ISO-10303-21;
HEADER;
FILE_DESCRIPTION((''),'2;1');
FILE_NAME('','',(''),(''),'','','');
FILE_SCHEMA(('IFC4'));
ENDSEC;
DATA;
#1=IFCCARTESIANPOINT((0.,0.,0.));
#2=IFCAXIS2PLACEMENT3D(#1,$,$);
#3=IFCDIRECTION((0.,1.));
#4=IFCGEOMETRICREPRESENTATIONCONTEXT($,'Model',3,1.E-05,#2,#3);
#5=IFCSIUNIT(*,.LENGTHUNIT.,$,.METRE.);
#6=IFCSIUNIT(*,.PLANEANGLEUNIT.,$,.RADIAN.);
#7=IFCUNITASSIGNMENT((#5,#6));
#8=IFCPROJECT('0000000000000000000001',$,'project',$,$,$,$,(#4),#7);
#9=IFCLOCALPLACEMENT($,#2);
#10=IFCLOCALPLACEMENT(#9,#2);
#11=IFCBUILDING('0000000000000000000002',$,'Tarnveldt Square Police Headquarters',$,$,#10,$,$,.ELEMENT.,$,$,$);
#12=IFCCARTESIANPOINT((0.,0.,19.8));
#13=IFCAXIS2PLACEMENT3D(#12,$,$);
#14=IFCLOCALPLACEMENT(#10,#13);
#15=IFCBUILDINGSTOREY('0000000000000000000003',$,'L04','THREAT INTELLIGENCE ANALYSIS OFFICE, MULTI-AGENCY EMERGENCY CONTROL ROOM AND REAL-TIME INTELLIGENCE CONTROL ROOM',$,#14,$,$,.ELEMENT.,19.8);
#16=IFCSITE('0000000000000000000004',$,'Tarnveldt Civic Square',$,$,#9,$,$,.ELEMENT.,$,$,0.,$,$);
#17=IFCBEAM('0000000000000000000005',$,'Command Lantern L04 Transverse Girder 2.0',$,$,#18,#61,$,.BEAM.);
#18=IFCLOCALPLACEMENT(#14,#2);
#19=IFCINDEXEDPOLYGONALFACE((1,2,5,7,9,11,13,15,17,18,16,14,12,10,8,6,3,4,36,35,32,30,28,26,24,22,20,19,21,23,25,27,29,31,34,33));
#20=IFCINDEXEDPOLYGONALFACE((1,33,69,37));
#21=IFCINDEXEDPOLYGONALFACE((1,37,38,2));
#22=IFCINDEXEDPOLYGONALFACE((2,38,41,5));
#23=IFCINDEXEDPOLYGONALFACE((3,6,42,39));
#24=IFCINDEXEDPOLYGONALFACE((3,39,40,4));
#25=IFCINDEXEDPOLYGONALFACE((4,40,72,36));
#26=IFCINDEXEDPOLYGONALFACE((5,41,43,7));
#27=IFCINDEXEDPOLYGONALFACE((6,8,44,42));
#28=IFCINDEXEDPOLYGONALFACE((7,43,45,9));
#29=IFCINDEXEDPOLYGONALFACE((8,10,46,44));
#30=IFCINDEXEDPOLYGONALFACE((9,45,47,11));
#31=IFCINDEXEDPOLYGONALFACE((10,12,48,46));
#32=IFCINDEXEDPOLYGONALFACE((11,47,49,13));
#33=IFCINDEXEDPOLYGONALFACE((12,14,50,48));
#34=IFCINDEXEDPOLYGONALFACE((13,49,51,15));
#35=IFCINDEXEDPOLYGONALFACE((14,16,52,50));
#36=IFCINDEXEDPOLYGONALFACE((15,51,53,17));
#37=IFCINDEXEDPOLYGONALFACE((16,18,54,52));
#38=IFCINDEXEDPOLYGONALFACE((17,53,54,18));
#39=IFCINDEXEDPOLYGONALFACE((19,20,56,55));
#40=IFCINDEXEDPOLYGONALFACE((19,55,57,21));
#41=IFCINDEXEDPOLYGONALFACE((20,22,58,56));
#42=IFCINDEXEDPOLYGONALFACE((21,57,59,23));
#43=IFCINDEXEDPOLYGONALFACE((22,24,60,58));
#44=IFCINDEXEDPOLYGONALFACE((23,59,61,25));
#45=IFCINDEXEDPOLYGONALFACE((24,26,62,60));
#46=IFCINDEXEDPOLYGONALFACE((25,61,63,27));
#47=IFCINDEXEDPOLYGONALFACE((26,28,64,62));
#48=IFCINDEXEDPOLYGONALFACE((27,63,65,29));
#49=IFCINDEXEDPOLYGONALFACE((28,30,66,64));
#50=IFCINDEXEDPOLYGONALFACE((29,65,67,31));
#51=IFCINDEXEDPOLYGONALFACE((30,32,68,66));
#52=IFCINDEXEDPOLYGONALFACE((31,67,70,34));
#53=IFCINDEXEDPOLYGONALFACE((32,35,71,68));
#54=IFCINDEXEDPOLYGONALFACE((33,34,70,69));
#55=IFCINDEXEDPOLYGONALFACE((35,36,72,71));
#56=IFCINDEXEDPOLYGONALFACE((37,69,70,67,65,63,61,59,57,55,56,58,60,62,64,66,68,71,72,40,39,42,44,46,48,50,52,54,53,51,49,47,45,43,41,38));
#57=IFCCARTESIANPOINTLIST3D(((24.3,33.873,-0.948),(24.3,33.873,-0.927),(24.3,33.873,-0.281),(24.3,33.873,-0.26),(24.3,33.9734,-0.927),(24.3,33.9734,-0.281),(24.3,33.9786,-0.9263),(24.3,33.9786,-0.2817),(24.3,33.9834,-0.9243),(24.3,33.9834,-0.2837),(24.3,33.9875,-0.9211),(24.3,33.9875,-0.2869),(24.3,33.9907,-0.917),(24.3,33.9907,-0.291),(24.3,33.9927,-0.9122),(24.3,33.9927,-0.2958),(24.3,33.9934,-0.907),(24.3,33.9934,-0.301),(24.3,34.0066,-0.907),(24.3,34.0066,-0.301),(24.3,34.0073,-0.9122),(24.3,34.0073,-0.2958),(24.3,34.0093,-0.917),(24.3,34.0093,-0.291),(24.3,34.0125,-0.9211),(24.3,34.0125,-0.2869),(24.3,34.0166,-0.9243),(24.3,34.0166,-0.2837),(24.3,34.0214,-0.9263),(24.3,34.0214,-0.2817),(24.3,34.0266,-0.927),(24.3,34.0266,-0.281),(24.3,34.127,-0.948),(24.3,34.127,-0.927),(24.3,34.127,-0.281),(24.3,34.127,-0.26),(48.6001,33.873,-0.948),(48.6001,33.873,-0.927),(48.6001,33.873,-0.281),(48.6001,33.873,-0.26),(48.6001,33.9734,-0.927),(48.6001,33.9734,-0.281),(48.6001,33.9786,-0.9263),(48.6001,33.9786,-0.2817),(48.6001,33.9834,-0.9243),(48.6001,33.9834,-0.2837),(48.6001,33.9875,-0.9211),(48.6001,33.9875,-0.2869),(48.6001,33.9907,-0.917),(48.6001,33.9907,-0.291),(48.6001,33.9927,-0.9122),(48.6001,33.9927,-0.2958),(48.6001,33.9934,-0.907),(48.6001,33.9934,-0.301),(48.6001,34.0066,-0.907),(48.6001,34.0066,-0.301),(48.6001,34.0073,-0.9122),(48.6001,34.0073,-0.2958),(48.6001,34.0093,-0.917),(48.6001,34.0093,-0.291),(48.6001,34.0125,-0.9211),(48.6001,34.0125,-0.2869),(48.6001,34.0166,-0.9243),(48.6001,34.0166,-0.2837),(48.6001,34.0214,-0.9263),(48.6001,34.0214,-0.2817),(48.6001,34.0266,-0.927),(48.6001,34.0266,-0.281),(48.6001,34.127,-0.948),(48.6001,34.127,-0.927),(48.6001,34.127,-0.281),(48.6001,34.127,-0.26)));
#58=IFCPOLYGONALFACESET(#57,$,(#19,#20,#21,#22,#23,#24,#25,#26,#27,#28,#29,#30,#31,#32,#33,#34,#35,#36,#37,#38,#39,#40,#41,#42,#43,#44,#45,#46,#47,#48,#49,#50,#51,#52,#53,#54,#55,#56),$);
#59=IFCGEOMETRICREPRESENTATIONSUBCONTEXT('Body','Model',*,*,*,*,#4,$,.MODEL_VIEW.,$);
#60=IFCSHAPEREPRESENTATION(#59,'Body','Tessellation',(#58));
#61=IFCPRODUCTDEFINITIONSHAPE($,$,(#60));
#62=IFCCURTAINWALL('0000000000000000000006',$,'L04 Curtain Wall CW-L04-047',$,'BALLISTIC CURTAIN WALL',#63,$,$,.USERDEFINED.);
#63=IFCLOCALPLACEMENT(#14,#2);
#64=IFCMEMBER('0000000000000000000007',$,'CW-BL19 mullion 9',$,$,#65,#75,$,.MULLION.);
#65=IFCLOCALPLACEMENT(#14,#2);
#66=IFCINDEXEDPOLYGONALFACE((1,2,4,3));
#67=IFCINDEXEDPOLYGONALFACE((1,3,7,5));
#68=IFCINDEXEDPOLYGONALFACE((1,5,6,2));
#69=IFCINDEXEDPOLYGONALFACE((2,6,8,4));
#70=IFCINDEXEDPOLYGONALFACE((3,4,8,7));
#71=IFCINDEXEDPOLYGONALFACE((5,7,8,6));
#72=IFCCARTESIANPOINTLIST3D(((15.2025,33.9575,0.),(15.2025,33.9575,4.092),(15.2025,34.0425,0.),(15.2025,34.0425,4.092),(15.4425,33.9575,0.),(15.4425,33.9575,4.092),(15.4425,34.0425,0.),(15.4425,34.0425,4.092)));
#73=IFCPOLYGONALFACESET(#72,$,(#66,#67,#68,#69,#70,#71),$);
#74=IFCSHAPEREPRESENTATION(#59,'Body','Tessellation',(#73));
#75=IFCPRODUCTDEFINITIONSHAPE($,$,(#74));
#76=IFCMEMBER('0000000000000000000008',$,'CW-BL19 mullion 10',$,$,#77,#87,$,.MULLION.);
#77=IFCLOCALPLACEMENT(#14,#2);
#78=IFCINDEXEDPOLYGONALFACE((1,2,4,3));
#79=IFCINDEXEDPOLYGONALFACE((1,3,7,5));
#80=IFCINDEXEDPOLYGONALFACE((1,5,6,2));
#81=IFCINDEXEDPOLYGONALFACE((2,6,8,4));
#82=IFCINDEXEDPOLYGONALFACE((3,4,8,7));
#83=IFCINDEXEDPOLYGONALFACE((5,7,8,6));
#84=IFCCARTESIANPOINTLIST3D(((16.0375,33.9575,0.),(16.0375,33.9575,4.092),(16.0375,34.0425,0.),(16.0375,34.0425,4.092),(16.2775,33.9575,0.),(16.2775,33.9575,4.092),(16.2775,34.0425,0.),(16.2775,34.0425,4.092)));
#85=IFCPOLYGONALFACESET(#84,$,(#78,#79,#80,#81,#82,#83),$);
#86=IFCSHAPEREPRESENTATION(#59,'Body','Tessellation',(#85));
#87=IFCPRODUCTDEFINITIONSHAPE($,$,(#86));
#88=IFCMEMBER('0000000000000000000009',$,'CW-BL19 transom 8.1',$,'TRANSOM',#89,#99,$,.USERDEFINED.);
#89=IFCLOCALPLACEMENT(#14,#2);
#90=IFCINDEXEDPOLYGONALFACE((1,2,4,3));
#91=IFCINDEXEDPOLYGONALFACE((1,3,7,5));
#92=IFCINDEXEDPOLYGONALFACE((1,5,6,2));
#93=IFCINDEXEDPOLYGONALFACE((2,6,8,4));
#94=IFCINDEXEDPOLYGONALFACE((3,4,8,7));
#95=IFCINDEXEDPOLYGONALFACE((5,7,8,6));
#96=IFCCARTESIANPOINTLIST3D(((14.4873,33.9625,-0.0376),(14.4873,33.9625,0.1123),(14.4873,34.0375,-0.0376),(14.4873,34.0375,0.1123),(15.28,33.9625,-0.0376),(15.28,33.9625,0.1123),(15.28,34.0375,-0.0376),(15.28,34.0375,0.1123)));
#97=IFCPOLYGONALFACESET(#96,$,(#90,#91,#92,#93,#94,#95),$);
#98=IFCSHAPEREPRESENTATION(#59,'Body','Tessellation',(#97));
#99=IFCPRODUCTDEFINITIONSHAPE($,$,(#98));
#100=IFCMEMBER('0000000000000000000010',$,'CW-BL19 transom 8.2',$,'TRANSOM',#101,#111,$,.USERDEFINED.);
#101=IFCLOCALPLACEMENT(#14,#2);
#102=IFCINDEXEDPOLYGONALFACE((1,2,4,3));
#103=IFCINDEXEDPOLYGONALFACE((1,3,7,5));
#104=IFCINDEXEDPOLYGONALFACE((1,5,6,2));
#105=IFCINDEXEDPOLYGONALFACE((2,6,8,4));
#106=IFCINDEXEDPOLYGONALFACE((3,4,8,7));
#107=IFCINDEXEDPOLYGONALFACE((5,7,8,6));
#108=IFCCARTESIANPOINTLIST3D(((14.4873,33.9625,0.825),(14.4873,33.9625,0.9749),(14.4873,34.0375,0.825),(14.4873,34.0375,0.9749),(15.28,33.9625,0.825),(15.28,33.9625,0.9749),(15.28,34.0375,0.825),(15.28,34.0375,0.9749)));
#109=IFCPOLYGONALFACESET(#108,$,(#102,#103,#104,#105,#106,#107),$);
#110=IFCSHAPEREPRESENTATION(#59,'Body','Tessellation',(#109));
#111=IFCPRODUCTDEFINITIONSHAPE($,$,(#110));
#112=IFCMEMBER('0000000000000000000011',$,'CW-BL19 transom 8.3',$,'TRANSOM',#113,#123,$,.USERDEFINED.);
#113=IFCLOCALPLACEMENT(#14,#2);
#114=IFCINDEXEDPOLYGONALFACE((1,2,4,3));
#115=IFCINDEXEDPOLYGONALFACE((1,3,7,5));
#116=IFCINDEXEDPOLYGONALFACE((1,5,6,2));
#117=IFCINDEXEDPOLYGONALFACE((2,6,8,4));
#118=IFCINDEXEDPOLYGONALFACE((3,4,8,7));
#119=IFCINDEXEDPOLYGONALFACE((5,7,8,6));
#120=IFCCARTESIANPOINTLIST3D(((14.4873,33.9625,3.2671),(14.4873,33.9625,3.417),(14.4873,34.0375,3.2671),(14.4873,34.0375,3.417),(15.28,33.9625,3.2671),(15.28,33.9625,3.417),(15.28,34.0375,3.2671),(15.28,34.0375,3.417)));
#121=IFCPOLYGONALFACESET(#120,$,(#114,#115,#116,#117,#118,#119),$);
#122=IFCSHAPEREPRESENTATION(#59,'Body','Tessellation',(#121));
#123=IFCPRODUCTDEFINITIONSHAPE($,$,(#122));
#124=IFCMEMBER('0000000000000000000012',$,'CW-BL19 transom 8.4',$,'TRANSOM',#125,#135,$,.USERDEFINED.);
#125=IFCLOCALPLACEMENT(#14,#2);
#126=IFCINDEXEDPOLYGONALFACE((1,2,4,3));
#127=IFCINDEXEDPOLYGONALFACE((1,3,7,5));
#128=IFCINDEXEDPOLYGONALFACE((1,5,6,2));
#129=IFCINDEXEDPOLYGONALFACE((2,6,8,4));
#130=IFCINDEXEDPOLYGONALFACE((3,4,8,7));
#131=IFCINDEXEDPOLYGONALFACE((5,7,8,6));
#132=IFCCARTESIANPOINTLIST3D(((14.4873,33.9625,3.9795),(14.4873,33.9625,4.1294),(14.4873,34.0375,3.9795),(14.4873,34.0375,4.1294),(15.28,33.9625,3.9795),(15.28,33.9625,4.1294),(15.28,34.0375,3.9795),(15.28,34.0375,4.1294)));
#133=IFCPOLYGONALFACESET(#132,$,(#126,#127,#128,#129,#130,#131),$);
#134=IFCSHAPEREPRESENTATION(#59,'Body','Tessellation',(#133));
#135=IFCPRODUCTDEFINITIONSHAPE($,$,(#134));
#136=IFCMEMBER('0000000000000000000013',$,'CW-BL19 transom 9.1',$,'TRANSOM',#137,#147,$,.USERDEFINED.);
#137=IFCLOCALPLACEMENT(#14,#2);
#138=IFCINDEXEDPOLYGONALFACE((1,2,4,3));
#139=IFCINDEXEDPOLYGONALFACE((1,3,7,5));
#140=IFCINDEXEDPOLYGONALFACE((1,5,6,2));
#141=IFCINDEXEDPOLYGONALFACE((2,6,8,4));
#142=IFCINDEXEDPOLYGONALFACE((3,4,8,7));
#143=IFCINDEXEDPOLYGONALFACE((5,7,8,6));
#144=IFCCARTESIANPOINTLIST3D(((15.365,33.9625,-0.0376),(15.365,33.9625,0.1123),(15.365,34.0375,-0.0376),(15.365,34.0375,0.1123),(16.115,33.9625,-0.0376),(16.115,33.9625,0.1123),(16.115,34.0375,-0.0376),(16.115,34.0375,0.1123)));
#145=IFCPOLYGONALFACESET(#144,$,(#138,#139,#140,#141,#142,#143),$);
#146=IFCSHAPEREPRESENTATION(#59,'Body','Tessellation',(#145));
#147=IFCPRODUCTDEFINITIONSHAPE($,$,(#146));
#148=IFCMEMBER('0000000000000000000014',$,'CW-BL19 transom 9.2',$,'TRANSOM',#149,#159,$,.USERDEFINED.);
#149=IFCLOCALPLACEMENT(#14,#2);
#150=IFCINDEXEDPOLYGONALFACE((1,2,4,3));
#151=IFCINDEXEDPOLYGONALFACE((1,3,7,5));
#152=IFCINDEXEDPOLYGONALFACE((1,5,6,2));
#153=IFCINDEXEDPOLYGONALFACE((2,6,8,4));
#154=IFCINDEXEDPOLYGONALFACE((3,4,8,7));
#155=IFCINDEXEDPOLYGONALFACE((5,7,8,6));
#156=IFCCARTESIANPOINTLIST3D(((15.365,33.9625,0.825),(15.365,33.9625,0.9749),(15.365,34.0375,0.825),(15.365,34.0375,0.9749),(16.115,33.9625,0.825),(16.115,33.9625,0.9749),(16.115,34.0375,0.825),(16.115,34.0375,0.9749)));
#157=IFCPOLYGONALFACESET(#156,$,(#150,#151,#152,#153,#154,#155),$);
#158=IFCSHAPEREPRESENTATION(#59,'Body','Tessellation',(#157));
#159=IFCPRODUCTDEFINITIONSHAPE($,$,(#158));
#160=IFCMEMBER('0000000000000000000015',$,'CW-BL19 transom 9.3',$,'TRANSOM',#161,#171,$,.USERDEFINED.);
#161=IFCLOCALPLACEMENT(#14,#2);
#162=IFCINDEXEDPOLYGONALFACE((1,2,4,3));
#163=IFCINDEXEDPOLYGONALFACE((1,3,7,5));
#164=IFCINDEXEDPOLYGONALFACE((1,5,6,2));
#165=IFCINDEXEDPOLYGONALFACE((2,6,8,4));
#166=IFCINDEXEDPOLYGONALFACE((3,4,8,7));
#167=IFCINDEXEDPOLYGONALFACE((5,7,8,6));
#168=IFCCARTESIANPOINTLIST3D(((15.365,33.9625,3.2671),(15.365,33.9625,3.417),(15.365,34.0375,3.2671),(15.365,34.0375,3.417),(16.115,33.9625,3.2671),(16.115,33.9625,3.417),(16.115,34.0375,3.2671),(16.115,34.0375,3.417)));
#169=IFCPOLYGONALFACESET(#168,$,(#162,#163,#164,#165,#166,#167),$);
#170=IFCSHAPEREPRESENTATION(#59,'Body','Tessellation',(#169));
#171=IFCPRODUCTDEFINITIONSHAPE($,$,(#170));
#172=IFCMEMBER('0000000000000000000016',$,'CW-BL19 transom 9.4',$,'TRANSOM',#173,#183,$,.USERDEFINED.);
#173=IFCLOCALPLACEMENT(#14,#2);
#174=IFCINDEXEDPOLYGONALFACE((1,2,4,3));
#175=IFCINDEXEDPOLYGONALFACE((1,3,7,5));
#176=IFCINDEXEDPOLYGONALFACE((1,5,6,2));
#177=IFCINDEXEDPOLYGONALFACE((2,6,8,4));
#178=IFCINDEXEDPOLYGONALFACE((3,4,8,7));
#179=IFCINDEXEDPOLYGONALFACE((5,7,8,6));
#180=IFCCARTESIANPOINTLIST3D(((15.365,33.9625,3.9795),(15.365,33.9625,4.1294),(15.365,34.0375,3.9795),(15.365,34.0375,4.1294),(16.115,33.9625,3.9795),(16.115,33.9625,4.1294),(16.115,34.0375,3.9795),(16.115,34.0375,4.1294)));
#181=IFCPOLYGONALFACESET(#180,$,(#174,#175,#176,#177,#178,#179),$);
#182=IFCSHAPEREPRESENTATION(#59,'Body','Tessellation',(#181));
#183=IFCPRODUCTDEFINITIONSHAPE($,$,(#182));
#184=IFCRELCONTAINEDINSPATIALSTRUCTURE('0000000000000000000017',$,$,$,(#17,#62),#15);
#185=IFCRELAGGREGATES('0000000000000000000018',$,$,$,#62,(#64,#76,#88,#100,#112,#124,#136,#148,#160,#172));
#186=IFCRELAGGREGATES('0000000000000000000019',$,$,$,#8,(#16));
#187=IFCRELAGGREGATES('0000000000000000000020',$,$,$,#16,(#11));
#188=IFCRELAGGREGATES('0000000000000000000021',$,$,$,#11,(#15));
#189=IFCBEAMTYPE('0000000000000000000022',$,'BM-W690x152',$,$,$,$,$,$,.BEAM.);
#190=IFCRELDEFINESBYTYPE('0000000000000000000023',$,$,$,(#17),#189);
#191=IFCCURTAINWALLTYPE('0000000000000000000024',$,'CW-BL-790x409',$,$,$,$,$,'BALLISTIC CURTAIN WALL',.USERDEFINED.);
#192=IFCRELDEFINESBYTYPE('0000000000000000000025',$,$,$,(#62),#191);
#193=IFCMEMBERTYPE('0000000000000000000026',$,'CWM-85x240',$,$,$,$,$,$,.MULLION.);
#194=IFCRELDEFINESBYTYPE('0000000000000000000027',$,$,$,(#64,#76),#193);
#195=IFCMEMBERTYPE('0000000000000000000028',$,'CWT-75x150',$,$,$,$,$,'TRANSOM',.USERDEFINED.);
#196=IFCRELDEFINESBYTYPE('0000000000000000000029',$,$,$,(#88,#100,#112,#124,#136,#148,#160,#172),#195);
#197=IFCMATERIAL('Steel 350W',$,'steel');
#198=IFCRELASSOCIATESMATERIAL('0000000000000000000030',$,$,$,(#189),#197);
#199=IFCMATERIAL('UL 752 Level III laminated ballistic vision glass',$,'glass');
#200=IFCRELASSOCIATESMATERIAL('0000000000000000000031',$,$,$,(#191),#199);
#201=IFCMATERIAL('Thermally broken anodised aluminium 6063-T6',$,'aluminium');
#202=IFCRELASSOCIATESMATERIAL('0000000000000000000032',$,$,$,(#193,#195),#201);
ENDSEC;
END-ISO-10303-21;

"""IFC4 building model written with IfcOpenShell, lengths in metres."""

from ifc_helpers import new_model, si_unit, direction, frame, origin, origin_2d, place, context, subcontext, project, spatial, rectangle, i_section, extrude, material, material_profile, profile_set, type_object, element, aggregate, save


model = new_model("IFC4")

# Units and contexts
model_context = context("Model", 3, precision=1e-05, world=origin(), true_north=direction((0.0, 1.0)))
body_context = subcontext(model_context, "Body", "Model", "MODEL_VIEW")
ifc_project = project(units=[si_unit("LENGTHUNIT", "METRE"), si_unit("PLANEANGLEUNIT", "RADIAN")], contexts=[model_context])

# Site, building, storey
site_placement = place(None, origin())
site = spatial("IfcSite", under=ifc_project, at=site_placement, Name="Tarnveldt Civic Square", CompositionType="ELEMENT", RefElevation=0.0)
building_placement = place(site_placement, origin())
building = spatial("IfcBuilding", under=site, at=building_placement, Name="Tarnveldt Square Police Headquarters", CompositionType="ELEMENT")
storey_placement = place(building_placement, frame((0.0, 0.0, 19.8)))
storey = spatial("IfcBuildingStorey", under=building, at=storey_placement, Name="L04", Description="THREAT INTELLIGENCE ANALYSIS OFFICE, MULTI-AGENCY EMERGENCY CONTROL ROOM AND REAL-TIME INTELLIGENCE CONTROL ROOM", CompositionType="ELEMENT", Elevation=19.8)

# Shared definitions
ifc_material_1 = material(Name="Steel 350W", Category="steel")

# Beam
ifc_material_profile_1 = material_profile(ifc_material_1, i_section(OverallWidth=0.2539, OverallDepth=0.688, WebThickness=0.0132, FlangeThickness=0.021, FilletRadius=0.02, at=origin_2d()), Name="W690x152")
ifc_profile_set_1 = profile_set([ifc_material_profile_1], Name="Steel 350W")
beam_type_1 = type_object("IfcBeamType", Name="BM-W690x152", PredefinedType="BEAM", material=ifc_profile_set_1)
beam_1_placement = place(storey_placement, frame((24.3, 34.0, -0.604), z_axis=(1.0, 0.0, 0.0), x_axis=(0.0, 1.0, 0.0)))
element("IfcBeam", 1, at=beam_1_placement, inside=storey, type_object=beam_type_1, Name="Command Lantern L04 Transverse Girder 2.0", PredefinedType="BEAM", context=body_context, shape_type="SweptSolid", body=[
    extrude(i_section(OverallWidth=0.2539, OverallDepth=0.688, WebThickness=0.0132, FlangeThickness=0.021, FilletRadius=0.02, at=origin_2d()), origin(), (0.0, 0.0, 1.0), 24.3),
])

# Curtain wall, members
ifc_material_2 = material(Name="UL 752 Level III laminated ballistic vision glass", Category="glass")
curtain_wall_type = type_object("IfcCurtainWallType", Name="CW-BL-790x409", ElementType="BALLISTIC CURTAIN WALL", PredefinedType="USERDEFINED", material=ifc_material_2)
curtain_wall_placement = place(storey_placement, origin())
curtain_wall = element("IfcCurtainWall", 2, at=curtain_wall_placement, inside=storey, type_object=curtain_wall_type, Name="L04 Curtain Wall CW-L04-047", ObjectType="BALLISTIC CURTAIN WALL", PredefinedType="USERDEFINED")
ifc_material_3 = material(Name="Thermally broken anodised aluminium 6063-T6", Category="aluminium")
ifc_material_profile_2 = material_profile(ifc_material_3, rectangle(XDim=0.085, YDim=0.24, at=origin_2d()), Name="CW-M85x240")
ifc_profile_set_2 = profile_set([ifc_material_profile_2], Name="Thermally broken anodised aluminium 6063-T6")
member_type_1 = type_object("IfcMemberType", Name="CWM-85x240", PredefinedType="MULLION", material=ifc_profile_set_2)
member_1_placement = place(storey_placement, frame((15.3225, 34.0, 0.0), z_axis=(0.0, 0.0, 1.0), x_axis=(0.0, 1.0, 0.0)))
member_1 = element("IfcMember", 3, at=member_1_placement, type_object=member_type_1, Name="CW-BL19 mullion 9", PredefinedType="MULLION", context=body_context, shape_type="SweptSolid", body=[
    extrude(rectangle(XDim=0.085, YDim=0.24, at=origin_2d()), origin(), (0.0, 0.0, 1.0), 4.092),
])
member_2_placement = place(storey_placement, frame((16.1575, 34.0, 0.0), z_axis=(0.0, 0.0, 1.0), x_axis=(0.0, 1.0, 0.0)))
member_2 = element("IfcMember", 4, at=member_2_placement, type_object=member_type_1, Name="CW-BL19 mullion 10", PredefinedType="MULLION", context=body_context, shape_type="SweptSolid", body=[
    extrude(rectangle(XDim=0.085, YDim=0.24, at=origin_2d()), origin(), (0.0, 0.0, 1.0), 4.092),
])
ifc_material_profile_3 = material_profile(ifc_material_3, rectangle(XDim=0.075, YDim=0.1499, at=origin_2d()), Name="CW-T75x150")
ifc_profile_set_3 = profile_set([ifc_material_profile_3], Name="Thermally broken anodised aluminium 6063-T6")
member_type_2 = type_object("IfcMemberType", Name="CWT-75x150", ElementType="TRANSOM", PredefinedType="USERDEFINED", material=ifc_profile_set_3)
member_3_placement = place(storey_placement, frame((14.4873, 34.0, 0.0374), z_axis=(1.0, 0.0, 0.0), x_axis=(0.0, 1.0, 0.0)))
member_3 = element("IfcMember", 5, at=member_3_placement, type_object=member_type_2, Name="CW-BL19 transom 8.1", ObjectType="TRANSOM", PredefinedType="USERDEFINED", context=body_context, shape_type="SweptSolid", body=[
    extrude(rectangle(XDim=0.075, YDim=0.1499, at=origin_2d()), origin(), (0.0, 0.0, 1.0), 0.7927),
])
member_4_placement = place(storey_placement, frame((14.4873, 34.0, 0.8999), z_axis=(1.0, 0.0, 0.0), x_axis=(0.0, 1.0, 0.0)))
member_4 = element("IfcMember", 6, at=member_4_placement, type_object=member_type_2, Name="CW-BL19 transom 8.2", ObjectType="TRANSOM", PredefinedType="USERDEFINED", context=body_context, shape_type="SweptSolid", body=[
    extrude(rectangle(XDim=0.075, YDim=0.1499, at=origin_2d()), origin(), (0.0, 0.0, 1.0), 0.7927),
])
member_5_placement = place(storey_placement, frame((14.4873, 34.0, 3.342), z_axis=(1.0, 0.0, 0.0), x_axis=(0.0, 1.0, 0.0)))
member_5 = element("IfcMember", 7, at=member_5_placement, type_object=member_type_2, Name="CW-BL19 transom 8.3", ObjectType="TRANSOM", PredefinedType="USERDEFINED", context=body_context, shape_type="SweptSolid", body=[
    extrude(rectangle(XDim=0.075, YDim=0.1499, at=origin_2d()), origin(), (0.0, 0.0, 1.0), 0.7927),
])
member_6_placement = place(storey_placement, frame((14.4873, 34.0, 4.0544), z_axis=(1.0, 0.0, 0.0), x_axis=(0.0, 1.0, 0.0)))
member_6 = element("IfcMember", 8, at=member_6_placement, type_object=member_type_2, Name="CW-BL19 transom 8.4", ObjectType="TRANSOM", PredefinedType="USERDEFINED", context=body_context, shape_type="SweptSolid", body=[
    extrude(rectangle(XDim=0.075, YDim=0.1499, at=origin_2d()), origin(), (0.0, 0.0, 1.0), 0.7927),
])
member_7_placement = place(storey_placement, frame((15.365, 34.0, 0.0374), z_axis=(1.0, 0.0, 0.0), x_axis=(0.0, 1.0, 0.0)))
member_7 = element("IfcMember", 9, at=member_7_placement, type_object=member_type_2, Name="CW-BL19 transom 9.1", ObjectType="TRANSOM", PredefinedType="USERDEFINED", context=body_context, shape_type="SweptSolid", body=[
    extrude(rectangle(XDim=0.075, YDim=0.1499, at=origin_2d()), origin(), (0.0, 0.0, 1.0), 0.75),
])
member_8_placement = place(storey_placement, frame((15.365, 34.0, 0.8999), z_axis=(1.0, 0.0, 0.0), x_axis=(0.0, 1.0, 0.0)))
member_8 = element("IfcMember", 10, at=member_8_placement, type_object=member_type_2, Name="CW-BL19 transom 9.2", ObjectType="TRANSOM", PredefinedType="USERDEFINED", context=body_context, shape_type="SweptSolid", body=[
    extrude(rectangle(XDim=0.075, YDim=0.1499, at=origin_2d()), origin(), (0.0, 0.0, 1.0), 0.75),
])
member_9_placement = place(storey_placement, frame((15.365, 34.0, 3.342), z_axis=(1.0, 0.0, 0.0), x_axis=(0.0, 1.0, 0.0)))
member_9 = element("IfcMember", 11, at=member_9_placement, type_object=member_type_2, Name="CW-BL19 transom 9.3", ObjectType="TRANSOM", PredefinedType="USERDEFINED", context=body_context, shape_type="SweptSolid", body=[
    extrude(rectangle(XDim=0.075, YDim=0.1499, at=origin_2d()), origin(), (0.0, 0.0, 1.0), 0.75),
])
member_10_placement = place(storey_placement, frame((15.365, 34.0, 4.0544), z_axis=(1.0, 0.0, 0.0), x_axis=(0.0, 1.0, 0.0)))
member_10 = element("IfcMember", 12, at=member_10_placement, type_object=member_type_2, Name="CW-BL19 transom 9.4", ObjectType="TRANSOM", PredefinedType="USERDEFINED", context=body_context, shape_type="SweptSolid", body=[
    extrude(rectangle(XDim=0.075, YDim=0.1499, at=origin_2d()), origin(), (0.0, 0.0, 1.0), 0.75),
])

aggregate(curtain_wall, [member_1, member_2, member_3, member_4, member_5, member_6, member_7, member_8, member_9, member_10])

save(model, "model.ifc")
